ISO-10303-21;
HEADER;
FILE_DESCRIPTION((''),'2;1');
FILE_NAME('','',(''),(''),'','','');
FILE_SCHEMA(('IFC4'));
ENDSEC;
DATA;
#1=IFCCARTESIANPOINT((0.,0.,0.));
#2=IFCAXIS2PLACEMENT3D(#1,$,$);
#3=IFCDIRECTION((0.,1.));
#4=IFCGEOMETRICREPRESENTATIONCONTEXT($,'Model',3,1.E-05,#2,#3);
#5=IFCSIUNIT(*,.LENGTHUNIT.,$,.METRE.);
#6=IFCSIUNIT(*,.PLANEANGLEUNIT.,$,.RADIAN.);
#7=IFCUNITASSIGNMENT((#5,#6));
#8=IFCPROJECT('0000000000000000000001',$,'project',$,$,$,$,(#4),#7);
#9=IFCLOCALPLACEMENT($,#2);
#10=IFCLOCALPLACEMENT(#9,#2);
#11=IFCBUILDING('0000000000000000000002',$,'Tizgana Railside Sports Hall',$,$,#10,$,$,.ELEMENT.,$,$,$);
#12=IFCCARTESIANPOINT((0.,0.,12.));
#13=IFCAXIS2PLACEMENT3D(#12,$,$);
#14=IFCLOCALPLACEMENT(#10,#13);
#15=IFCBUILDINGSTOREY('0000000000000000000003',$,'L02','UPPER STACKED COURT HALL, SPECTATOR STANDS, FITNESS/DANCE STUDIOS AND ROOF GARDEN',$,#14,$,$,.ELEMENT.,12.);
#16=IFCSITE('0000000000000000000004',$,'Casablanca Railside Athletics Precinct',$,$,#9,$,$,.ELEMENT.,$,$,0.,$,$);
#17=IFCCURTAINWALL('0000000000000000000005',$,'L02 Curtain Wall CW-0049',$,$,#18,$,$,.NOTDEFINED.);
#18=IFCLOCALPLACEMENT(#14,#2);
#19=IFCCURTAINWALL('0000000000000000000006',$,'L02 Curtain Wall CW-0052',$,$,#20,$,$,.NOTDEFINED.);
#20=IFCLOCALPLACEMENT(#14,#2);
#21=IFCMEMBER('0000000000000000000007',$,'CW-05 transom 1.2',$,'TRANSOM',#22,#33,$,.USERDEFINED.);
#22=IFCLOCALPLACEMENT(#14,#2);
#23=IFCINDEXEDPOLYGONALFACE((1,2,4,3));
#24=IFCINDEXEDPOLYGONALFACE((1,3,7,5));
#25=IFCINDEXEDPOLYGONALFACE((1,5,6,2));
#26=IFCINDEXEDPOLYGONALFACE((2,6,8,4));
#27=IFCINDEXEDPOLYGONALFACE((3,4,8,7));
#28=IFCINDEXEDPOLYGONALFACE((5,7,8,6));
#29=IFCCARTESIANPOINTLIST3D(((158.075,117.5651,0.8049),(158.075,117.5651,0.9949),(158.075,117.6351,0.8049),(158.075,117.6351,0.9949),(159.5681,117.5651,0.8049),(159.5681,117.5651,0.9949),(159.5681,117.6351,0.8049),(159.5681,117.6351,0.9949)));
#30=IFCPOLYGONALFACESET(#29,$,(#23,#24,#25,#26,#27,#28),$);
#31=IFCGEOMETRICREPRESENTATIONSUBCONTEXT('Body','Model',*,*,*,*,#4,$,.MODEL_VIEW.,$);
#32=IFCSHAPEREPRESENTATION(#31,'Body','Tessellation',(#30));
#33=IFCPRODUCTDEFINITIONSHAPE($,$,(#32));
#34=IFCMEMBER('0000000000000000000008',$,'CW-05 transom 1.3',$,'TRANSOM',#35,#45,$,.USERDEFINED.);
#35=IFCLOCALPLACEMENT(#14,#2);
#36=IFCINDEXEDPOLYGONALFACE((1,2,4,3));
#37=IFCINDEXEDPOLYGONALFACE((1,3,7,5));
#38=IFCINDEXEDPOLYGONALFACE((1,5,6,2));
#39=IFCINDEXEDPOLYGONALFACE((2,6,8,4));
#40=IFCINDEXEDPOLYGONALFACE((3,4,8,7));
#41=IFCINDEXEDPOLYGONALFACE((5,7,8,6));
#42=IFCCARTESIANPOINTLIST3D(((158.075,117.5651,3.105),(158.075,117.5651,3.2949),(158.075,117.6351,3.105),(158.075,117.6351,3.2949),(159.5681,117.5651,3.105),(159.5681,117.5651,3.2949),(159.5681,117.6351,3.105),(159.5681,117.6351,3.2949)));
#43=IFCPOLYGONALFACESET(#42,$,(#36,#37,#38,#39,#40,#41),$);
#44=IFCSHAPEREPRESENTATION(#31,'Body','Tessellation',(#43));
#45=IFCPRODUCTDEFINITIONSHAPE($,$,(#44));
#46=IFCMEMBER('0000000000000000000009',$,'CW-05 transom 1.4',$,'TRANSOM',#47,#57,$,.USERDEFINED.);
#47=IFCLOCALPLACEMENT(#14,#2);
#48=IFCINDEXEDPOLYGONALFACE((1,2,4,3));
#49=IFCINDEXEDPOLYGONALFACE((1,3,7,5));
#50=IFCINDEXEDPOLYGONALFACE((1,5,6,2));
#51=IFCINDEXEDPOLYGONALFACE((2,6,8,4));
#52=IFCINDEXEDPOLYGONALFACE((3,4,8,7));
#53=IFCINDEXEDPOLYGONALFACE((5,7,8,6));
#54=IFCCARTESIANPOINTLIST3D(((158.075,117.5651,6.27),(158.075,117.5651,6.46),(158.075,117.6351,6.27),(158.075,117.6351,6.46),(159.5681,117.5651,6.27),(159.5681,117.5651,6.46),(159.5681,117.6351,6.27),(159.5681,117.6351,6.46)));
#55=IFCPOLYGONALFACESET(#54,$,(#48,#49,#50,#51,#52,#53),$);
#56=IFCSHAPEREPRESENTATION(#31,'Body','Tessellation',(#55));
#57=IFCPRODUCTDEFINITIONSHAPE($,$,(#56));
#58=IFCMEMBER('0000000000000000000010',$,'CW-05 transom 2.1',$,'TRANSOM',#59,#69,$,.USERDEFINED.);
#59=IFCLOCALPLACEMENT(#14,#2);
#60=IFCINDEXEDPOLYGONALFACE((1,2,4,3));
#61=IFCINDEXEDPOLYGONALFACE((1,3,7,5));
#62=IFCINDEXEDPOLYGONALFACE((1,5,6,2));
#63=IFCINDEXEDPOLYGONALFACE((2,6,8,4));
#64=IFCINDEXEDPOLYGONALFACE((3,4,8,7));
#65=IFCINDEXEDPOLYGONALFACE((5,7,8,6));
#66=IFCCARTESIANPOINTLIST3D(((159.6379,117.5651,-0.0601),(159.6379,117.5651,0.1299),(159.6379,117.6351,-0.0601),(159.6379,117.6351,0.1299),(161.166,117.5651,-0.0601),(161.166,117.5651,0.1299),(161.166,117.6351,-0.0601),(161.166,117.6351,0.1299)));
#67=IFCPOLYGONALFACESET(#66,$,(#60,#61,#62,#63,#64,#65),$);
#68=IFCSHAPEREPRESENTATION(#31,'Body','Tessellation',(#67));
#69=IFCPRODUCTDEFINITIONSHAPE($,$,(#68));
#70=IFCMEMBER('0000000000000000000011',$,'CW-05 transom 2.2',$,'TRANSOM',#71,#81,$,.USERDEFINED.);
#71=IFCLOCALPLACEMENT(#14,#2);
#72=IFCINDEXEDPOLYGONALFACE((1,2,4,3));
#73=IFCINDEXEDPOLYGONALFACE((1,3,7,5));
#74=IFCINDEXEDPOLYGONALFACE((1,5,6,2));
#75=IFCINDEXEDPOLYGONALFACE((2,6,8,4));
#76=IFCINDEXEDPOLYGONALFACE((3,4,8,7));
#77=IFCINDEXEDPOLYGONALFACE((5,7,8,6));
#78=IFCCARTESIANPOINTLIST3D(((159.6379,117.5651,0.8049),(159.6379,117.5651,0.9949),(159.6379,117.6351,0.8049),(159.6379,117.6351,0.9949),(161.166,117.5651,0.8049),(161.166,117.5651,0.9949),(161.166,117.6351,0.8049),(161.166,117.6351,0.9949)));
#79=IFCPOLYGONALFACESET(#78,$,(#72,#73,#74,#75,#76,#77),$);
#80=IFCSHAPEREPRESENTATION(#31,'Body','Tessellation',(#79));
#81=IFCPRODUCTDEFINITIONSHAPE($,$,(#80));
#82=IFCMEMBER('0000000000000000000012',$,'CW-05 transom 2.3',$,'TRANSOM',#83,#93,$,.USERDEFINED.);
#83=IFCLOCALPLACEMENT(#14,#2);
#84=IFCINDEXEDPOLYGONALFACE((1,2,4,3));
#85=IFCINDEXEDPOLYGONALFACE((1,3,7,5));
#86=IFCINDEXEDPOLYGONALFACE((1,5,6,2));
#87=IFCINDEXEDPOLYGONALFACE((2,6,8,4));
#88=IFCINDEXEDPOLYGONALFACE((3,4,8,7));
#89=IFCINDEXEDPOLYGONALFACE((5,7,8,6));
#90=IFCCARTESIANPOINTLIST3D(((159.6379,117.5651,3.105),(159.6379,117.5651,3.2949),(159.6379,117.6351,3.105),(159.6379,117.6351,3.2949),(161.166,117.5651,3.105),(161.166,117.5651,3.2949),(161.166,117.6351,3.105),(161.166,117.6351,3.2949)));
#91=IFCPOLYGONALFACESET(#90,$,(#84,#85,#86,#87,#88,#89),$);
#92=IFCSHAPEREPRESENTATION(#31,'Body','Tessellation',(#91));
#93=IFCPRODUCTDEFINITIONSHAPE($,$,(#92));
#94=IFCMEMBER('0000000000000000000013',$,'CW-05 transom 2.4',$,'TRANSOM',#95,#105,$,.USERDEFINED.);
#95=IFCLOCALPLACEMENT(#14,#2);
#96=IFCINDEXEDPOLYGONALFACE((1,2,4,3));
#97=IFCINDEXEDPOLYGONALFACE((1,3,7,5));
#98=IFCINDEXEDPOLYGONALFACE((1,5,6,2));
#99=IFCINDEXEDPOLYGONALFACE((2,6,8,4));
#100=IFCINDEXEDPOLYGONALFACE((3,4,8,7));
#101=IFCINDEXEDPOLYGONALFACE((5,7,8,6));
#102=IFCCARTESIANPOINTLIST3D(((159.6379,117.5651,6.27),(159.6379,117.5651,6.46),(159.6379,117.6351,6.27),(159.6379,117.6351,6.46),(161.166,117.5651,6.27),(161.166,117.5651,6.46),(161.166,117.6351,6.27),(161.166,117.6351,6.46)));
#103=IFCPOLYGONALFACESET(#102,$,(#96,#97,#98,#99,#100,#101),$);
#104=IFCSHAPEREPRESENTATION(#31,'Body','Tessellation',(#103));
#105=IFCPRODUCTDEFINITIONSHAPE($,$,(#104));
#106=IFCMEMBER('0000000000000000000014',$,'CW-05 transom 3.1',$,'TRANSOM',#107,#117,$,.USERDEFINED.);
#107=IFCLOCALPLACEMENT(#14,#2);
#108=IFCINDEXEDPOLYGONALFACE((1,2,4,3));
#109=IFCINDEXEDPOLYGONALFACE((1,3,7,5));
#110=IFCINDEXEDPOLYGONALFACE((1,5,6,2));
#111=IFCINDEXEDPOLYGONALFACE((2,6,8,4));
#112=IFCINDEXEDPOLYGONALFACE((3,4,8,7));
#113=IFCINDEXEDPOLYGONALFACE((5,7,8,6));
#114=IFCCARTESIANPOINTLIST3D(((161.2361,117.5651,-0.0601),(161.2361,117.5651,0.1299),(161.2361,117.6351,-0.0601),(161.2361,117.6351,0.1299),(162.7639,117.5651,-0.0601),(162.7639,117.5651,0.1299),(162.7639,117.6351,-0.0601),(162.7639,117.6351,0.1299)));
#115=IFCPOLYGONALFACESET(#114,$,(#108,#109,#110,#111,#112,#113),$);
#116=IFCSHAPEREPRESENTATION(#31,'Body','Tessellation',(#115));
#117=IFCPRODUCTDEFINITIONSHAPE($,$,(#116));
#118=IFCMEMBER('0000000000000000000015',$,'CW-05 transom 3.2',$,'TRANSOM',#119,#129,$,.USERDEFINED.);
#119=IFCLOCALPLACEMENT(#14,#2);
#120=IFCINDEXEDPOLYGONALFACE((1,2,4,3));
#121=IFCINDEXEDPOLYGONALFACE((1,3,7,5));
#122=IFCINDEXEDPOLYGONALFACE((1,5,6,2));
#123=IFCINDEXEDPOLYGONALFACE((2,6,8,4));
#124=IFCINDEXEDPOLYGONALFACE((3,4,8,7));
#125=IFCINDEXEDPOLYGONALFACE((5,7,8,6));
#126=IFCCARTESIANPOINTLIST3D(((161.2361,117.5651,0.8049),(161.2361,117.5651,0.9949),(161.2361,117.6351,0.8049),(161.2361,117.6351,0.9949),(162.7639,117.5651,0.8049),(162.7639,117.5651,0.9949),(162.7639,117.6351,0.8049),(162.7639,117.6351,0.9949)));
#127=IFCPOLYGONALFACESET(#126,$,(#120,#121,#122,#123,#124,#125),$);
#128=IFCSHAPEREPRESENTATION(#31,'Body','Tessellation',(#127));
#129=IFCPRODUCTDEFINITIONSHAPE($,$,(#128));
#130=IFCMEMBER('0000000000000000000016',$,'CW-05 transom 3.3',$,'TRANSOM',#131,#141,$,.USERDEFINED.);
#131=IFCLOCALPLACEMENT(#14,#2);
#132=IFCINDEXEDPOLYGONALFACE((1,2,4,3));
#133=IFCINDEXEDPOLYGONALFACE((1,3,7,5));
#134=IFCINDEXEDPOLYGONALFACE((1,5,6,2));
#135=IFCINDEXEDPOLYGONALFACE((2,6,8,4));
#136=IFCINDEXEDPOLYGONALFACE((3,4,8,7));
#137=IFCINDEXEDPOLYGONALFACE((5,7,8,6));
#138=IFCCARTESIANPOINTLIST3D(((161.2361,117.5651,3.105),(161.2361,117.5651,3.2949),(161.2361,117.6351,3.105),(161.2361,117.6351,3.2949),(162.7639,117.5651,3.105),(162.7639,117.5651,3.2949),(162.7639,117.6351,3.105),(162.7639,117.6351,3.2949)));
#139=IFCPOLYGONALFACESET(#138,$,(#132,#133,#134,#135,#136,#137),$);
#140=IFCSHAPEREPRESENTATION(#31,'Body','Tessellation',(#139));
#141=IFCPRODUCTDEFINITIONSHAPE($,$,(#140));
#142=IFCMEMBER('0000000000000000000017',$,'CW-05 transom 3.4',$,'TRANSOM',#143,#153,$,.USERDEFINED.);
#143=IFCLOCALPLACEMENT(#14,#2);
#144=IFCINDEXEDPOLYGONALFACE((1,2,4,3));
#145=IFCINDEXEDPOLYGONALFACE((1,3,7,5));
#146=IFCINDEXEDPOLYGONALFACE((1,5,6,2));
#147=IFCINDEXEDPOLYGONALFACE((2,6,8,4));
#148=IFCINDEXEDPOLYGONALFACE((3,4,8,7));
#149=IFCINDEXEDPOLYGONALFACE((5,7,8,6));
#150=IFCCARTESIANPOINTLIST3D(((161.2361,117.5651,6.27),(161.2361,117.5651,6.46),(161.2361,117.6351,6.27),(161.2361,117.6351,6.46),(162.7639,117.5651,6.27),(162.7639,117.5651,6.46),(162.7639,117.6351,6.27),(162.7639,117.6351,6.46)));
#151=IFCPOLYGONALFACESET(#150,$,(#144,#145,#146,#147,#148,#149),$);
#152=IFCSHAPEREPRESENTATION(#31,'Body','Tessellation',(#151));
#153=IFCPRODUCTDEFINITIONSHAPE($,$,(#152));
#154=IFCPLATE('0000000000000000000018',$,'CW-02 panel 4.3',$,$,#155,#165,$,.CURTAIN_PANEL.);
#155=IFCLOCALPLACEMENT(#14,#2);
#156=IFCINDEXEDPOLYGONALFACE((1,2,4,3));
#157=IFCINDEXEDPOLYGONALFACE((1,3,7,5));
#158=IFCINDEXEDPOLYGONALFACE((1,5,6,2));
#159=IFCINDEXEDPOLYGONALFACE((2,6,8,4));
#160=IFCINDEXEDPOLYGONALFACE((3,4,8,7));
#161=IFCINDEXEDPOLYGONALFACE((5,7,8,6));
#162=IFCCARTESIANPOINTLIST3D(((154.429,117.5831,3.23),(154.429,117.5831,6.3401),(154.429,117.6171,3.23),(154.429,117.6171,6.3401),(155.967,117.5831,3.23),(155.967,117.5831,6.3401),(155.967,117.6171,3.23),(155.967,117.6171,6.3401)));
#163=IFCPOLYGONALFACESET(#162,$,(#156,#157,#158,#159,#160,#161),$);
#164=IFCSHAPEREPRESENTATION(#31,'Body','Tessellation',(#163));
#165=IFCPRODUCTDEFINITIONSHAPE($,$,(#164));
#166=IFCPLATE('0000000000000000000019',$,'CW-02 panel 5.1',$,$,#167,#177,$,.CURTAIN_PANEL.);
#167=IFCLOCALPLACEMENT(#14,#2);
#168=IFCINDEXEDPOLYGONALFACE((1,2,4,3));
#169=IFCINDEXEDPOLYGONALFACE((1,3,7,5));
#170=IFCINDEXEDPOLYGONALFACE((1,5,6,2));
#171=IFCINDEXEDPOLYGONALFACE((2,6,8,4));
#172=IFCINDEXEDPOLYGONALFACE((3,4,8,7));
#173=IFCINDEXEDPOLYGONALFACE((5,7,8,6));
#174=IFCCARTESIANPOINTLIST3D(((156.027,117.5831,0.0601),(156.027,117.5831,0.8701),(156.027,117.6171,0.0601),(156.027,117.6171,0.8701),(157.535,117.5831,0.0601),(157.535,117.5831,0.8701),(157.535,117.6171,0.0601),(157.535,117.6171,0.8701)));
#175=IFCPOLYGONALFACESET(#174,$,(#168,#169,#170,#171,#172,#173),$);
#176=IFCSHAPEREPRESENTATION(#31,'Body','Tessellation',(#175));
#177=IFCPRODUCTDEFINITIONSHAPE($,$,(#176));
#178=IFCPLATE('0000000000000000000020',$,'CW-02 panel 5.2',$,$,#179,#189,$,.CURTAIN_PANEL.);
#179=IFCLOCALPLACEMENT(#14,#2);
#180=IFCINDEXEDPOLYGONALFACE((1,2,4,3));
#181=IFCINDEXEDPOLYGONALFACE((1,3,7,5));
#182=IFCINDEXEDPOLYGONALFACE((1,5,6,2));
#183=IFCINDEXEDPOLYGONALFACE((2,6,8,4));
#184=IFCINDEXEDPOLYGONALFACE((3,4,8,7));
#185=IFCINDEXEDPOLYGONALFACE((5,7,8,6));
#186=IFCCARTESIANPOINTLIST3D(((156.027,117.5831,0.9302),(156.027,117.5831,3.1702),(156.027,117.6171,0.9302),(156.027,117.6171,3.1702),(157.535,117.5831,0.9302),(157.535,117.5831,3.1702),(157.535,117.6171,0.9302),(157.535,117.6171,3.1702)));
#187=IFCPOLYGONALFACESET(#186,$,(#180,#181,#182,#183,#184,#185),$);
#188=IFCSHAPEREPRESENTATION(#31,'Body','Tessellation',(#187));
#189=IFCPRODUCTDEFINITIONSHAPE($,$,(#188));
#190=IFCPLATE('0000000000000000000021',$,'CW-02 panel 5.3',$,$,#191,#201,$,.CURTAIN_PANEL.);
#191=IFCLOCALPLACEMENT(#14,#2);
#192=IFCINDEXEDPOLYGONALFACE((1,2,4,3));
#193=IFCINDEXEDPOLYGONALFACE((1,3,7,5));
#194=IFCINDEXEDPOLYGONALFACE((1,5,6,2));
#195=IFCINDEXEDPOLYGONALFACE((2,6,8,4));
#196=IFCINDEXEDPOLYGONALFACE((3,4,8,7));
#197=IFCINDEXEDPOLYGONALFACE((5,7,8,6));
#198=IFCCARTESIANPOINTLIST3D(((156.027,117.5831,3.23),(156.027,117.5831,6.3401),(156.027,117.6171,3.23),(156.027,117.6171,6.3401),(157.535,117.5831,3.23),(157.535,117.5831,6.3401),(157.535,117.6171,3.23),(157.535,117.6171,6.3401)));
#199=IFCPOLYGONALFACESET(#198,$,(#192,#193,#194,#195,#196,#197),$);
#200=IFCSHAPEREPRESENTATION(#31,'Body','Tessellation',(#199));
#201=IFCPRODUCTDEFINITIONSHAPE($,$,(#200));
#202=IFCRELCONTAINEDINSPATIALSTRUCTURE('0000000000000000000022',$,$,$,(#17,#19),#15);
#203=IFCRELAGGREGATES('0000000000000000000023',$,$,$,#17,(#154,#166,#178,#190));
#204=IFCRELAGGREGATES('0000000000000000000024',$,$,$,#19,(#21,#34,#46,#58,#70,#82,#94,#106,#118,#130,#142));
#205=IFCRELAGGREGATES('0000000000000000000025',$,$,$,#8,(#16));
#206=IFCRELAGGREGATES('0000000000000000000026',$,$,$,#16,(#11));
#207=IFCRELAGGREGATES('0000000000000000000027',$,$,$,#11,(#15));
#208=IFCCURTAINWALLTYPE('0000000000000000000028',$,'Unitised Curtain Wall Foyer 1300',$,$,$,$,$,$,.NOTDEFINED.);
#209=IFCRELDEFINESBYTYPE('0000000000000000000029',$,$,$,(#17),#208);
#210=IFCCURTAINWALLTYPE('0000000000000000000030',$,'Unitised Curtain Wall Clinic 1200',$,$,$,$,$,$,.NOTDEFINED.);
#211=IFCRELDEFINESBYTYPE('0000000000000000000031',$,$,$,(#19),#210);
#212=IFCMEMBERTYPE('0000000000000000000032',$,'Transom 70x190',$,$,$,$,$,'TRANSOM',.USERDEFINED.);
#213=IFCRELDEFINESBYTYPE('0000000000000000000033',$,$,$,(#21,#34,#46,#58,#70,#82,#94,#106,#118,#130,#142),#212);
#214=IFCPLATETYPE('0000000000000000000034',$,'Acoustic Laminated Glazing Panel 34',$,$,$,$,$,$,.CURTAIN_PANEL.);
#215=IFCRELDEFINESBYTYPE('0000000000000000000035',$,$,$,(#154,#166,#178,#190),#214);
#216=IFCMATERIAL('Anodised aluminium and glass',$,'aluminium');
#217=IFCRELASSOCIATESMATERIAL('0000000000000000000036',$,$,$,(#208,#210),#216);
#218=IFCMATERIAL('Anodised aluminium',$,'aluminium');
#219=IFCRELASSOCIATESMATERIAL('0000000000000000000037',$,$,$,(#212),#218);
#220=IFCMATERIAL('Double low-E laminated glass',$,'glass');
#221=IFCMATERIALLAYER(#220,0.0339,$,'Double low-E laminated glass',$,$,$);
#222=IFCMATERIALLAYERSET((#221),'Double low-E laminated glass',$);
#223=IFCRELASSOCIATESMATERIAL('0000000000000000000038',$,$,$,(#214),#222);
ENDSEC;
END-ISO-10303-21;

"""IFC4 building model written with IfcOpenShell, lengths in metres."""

from ifc_helpers import new_model, si_unit, direction, frame, origin, origin_2d, place, context, subcontext, project, spatial, rectangle, extrude, material, layer, layer_set, material_profile, profile_set, type_object, element, aggregate, save


model = new_model("IFC4")

# Units and contexts
model_context = context("Model", 3, precision=1e-05, world=origin(), true_north=direction((0.0, 1.0)))
body_context = subcontext(model_context, "Body", "Model", "MODEL_VIEW")
ifc_project = project(units=[si_unit("LENGTHUNIT", "METRE"), si_unit("PLANEANGLEUNIT", "RADIAN")], contexts=[model_context])

# Site, building, storey
site_placement = place(None, origin())
site = spatial("IfcSite", under=ifc_project, at=site_placement, Name="Casablanca Railside Athletics Precinct", CompositionType="ELEMENT", RefElevation=0.0)
building_placement = place(site_placement, origin())
building = spatial("IfcBuilding", under=site, at=building_placement, Name="Tizgana Railside Sports Hall", CompositionType="ELEMENT")
storey_placement = place(building_placement, frame((0.0, 0.0, 12.0)))
storey = spatial("IfcBuildingStorey", under=building, at=storey_placement, Name="L02", Description="UPPER STACKED COURT HALL, SPECTATOR STANDS, FITNESS/DANCE STUDIOS AND ROOF GARDEN", CompositionType="ELEMENT", Elevation=12.0)

# Curtain walls
ifc_material_1 = material(Name="Anodised aluminium and glass", Category="aluminium")
curtain_wall_type_1 = type_object("IfcCurtainWallType", Name="Unitised Curtain Wall Foyer 1300", PredefinedType="NOTDEFINED", material=ifc_material_1)
curtain_wall_1_placement = place(storey_placement, origin())
curtain_wall_1 = element("IfcCurtainWall", 1, at=curtain_wall_1_placement, inside=storey, type_object=curtain_wall_type_1, Name="L02 Curtain Wall CW-0049", PredefinedType="NOTDEFINED")
ifc_material_2 = material(Name="Anodised aluminium", Category="aluminium")
curtain_wall_type_2 = type_object("IfcCurtainWallType", Name="Unitised Curtain Wall Clinic 1200", PredefinedType="NOTDEFINED", material=ifc_material_1)
curtain_wall_2_placement = place(storey_placement, origin())
curtain_wall_2 = element("IfcCurtainWall", 2, at=curtain_wall_2_placement, inside=storey, type_object=curtain_wall_type_2, Name="L02 Curtain Wall CW-0052", PredefinedType="NOTDEFINED")

# Members
ifc_material_profile_1 = material_profile(ifc_material_2, rectangle(XDim=0.0701, YDim=0.1899, at=origin_2d()), Name="Transom 70x190")
ifc_profile_set_1 = profile_set([ifc_material_profile_1], Name="Anodised aluminium")
member_type_1 = type_object("IfcMemberType", Name="Transom 70x190", ElementType="TRANSOM", PredefinedType="USERDEFINED", material=ifc_profile_set_1)
member_1_placement = place(storey_placement, frame((158.075, 117.6001, 0.8999), z_axis=(1.0, 0.0, 0.0), x_axis=(0.0, 1.0, 0.0)))
member_1 = element("IfcMember", 3, at=member_1_placement, type_object=member_type_1, Name="CW-05 transom 1.2", ObjectType="TRANSOM", PredefinedType="USERDEFINED", context=body_context, shape_type="SweptSolid", body=[
    extrude(rectangle(XDim=0.0701, YDim=0.1899, at=origin_2d()), origin(), (0.0, 0.0, 1.0), 1.4932),
])
member_2_placement = place(storey_placement, frame((158.075, 117.6001, 3.2), z_axis=(1.0, 0.0, 0.0), x_axis=(0.0, 1.0, 0.0)))
member_2 = element("IfcMember", 4, at=member_2_placement, type_object=member_type_1, Name="CW-05 transom 1.3", ObjectType="TRANSOM", PredefinedType="USERDEFINED", context=body_context, shape_type="SweptSolid", body=[
    extrude(rectangle(XDim=0.0701, YDim=0.1899, at=origin_2d()), origin(), (0.0, 0.0, 1.0), 1.4932),
])
member_3_placement = place(storey_placement, frame((158.075, 117.6001, 6.365), z_axis=(1.0, 0.0, 0.0), x_axis=(0.0, 1.0, 0.0)))
member_3 = element("IfcMember", 5, at=member_3_placement, type_object=member_type_1, Name="CW-05 transom 1.4", ObjectType="TRANSOM", PredefinedType="USERDEFINED", context=body_context, shape_type="SweptSolid", body=[
    extrude(rectangle(XDim=0.0701, YDim=0.1899, at=origin_2d()), origin(), (0.0, 0.0, 1.0), 1.4932),
])
member_4_placement = place(storey_placement, frame((159.6379, 117.6001, 0.0349), z_axis=(1.0, 0.0, 0.0), x_axis=(0.0, 1.0, 0.0)))
member_4 = element("IfcMember", 6, at=member_4_placement, type_object=member_type_1, Name="CW-05 transom 2.1", ObjectType="TRANSOM", PredefinedType="USERDEFINED", context=body_context, shape_type="SweptSolid", body=[
    extrude(rectangle(XDim=0.0701, YDim=0.1899, at=origin_2d()), origin(), (0.0, 0.0, 1.0), 1.5281),
])
member_5_placement = place(storey_placement, frame((159.6379, 117.6001, 0.8999), z_axis=(1.0, 0.0, 0.0), x_axis=(0.0, 1.0, 0.0)))
member_5 = element("IfcMember", 7, at=member_5_placement, type_object=member_type_1, Name="CW-05 transom 2.2", ObjectType="TRANSOM", PredefinedType="USERDEFINED", context=body_context, shape_type="SweptSolid", body=[
    extrude(rectangle(XDim=0.0701, YDim=0.1899, at=origin_2d()), origin(), (0.0, 0.0, 1.0), 1.5281),
])
member_6_placement = place(storey_placement, frame((159.6379, 117.6001, 3.2), z_axis=(1.0, 0.0, 0.0), x_axis=(0.0, 1.0, 0.0)))
member_6 = element("IfcMember", 8, at=member_6_placement, type_object=member_type_1, Name="CW-05 transom 2.3", ObjectType="TRANSOM", PredefinedType="USERDEFINED", context=body_context, shape_type="SweptSolid", body=[
    extrude(rectangle(XDim=0.0701, YDim=0.1899, at=origin_2d()), origin(), (0.0, 0.0, 1.0), 1.5281),
])
member_7_placement = place(storey_placement, frame((159.6379, 117.6001, 6.365), z_axis=(1.0, 0.0, 0.0), x_axis=(0.0, 1.0, 0.0)))
member_7 = element("IfcMember", 9, at=member_7_placement, type_object=member_type_1, Name="CW-05 transom 2.4", ObjectType="TRANSOM", PredefinedType="USERDEFINED", context=body_context, shape_type="SweptSolid", body=[
    extrude(rectangle(XDim=0.0701, YDim=0.1899, at=origin_2d()), origin(), (0.0, 0.0, 1.0), 1.5281),
])
member_8_placement = place(storey_placement, frame((161.2361, 117.6001, 0.0349), z_axis=(1.0, 0.0, 0.0), x_axis=(0.0, 1.0, 0.0)))
member_8 = element("IfcMember", 10, at=member_8_placement, type_object=member_type_1, Name="CW-05 transom 3.1", ObjectType="TRANSOM", PredefinedType="USERDEFINED", context=body_context, shape_type="SweptSolid", body=[
    extrude(rectangle(XDim=0.0701, YDim=0.1899, at=origin_2d()), origin(), (0.0, 0.0, 1.0), 1.5278),
])
member_9_placement = place(storey_placement, frame((161.2361, 117.6001, 0.8999), z_axis=(1.0, 0.0, 0.0), x_axis=(0.0, 1.0, 0.0)))
member_9 = element("IfcMember", 11, at=member_9_placement, type_object=member_type_1, Name="CW-05 transom 3.2", ObjectType="TRANSOM", PredefinedType="USERDEFINED", context=body_context, shape_type="SweptSolid", body=[
    extrude(rectangle(XDim=0.0701, YDim=0.1899, at=origin_2d()), origin(), (0.0, 0.0, 1.0), 1.5278),
])
member_10_placement = place(storey_placement, frame((161.2361, 117.6001, 3.2), z_axis=(1.0, 0.0, 0.0), x_axis=(0.0, 1.0, 0.0)))
member_10 = element("IfcMember", 12, at=member_10_placement, type_object=member_type_1, Name="CW-05 transom 3.3", ObjectType="TRANSOM", PredefinedType="USERDEFINED", context=body_context, shape_type="SweptSolid", body=[
    extrude(rectangle(XDim=0.0701, YDim=0.1899, at=origin_2d()), origin(), (0.0, 0.0, 1.0), 1.5278),
])
member_11_placement = place(storey_placement, frame((161.2361, 117.6001, 6.365), z_axis=(1.0, 0.0, 0.0), x_axis=(0.0, 1.0, 0.0)))
member_11 = element("IfcMember", 13, at=member_11_placement, type_object=member_type_1, Name="CW-05 transom 3.4", ObjectType="TRANSOM", PredefinedType="USERDEFINED", context=body_context, shape_type="SweptSolid", body=[
    extrude(rectangle(XDim=0.0701, YDim=0.1899, at=origin_2d()), origin(), (0.0, 0.0, 1.0), 1.5278),
])

# Plates
ifc_material_3 = material(Name="Double low-E laminated glass", Category="glass")
ifc_layer_1 = layer(ifc_material_3, 0.0339, Name="Double low-E laminated glass")
ifc_layer_set_1 = layer_set([ifc_layer_1], Name="Double low-E laminated glass")
plate_type_1 = type_object("IfcPlateType", Name="Acoustic Laminated Glazing Panel 34", PredefinedType="CURTAIN_PANEL", material=ifc_layer_set_1)
plate_1_placement = place(storey_placement, frame((155.198, 117.6001, 3.23), z_axis=(0.0, 0.0, 1.0), x_axis=(1.0, 0.0, 0.0)))
plate_1 = element("IfcPlate", 14, at=plate_1_placement, type_object=plate_type_1, Name="CW-02 panel 4.3", PredefinedType="CURTAIN_PANEL", context=body_context, shape_type="SweptSolid", body=[
    extrude(rectangle(XDim=1.5381, YDim=0.0339, at=origin_2d()), origin(), (0.0, 0.0, 1.0), 3.1101),
])
plate_2_placement = place(storey_placement, frame((156.781, 117.6001, 0.0601), z_axis=(0.0, 0.0, 1.0), x_axis=(1.0, 0.0, 0.0)))
plate_2 = element("IfcPlate", 15, at=plate_2_placement, type_object=plate_type_1, Name="CW-02 panel 5.1", PredefinedType="CURTAIN_PANEL", context=body_context, shape_type="SweptSolid", body=[
    extrude(rectangle(XDim=1.5081, YDim=0.0339, at=origin_2d()), origin(), (0.0, 0.0, 1.0), 0.8101),
])
plate_3_placement = place(storey_placement, frame((156.781, 117.6001, 0.9302), z_axis=(0.0, 0.0, 1.0), x_axis=(1.0, 0.0, 0.0)))
plate_3 = element("IfcPlate", 16, at=plate_3_placement, type_object=plate_type_1, Name="CW-02 panel 5.2", PredefinedType="CURTAIN_PANEL", context=body_context, shape_type="SweptSolid", body=[
    extrude(rectangle(XDim=1.5081, YDim=0.0339, at=origin_2d()), origin(), (0.0, 0.0, 1.0), 2.24),
])
plate_4_placement = place(storey_placement, frame((156.781, 117.6001, 3.23), z_axis=(0.0, 0.0, 1.0), x_axis=(1.0, 0.0, 0.0)))
plate_4 = element("IfcPlate", 17, at=plate_4_placement, type_object=plate_type_1, Name="CW-02 panel 5.3", PredefinedType="CURTAIN_PANEL", context=body_context, shape_type="SweptSolid", body=[
    extrude(rectangle(XDim=1.5081, YDim=0.0339, at=origin_2d()), origin(), (0.0, 0.0, 1.0), 3.1101),
])
aggregate(curtain_wall_1, [plate_1, plate_2, plate_3, plate_4])
aggregate(curtain_wall_2, [member_1, member_2, member_3, member_4, member_5, member_6, member_7, member_8, member_9, member_10, member_11])

save(model, "model.ifc")
